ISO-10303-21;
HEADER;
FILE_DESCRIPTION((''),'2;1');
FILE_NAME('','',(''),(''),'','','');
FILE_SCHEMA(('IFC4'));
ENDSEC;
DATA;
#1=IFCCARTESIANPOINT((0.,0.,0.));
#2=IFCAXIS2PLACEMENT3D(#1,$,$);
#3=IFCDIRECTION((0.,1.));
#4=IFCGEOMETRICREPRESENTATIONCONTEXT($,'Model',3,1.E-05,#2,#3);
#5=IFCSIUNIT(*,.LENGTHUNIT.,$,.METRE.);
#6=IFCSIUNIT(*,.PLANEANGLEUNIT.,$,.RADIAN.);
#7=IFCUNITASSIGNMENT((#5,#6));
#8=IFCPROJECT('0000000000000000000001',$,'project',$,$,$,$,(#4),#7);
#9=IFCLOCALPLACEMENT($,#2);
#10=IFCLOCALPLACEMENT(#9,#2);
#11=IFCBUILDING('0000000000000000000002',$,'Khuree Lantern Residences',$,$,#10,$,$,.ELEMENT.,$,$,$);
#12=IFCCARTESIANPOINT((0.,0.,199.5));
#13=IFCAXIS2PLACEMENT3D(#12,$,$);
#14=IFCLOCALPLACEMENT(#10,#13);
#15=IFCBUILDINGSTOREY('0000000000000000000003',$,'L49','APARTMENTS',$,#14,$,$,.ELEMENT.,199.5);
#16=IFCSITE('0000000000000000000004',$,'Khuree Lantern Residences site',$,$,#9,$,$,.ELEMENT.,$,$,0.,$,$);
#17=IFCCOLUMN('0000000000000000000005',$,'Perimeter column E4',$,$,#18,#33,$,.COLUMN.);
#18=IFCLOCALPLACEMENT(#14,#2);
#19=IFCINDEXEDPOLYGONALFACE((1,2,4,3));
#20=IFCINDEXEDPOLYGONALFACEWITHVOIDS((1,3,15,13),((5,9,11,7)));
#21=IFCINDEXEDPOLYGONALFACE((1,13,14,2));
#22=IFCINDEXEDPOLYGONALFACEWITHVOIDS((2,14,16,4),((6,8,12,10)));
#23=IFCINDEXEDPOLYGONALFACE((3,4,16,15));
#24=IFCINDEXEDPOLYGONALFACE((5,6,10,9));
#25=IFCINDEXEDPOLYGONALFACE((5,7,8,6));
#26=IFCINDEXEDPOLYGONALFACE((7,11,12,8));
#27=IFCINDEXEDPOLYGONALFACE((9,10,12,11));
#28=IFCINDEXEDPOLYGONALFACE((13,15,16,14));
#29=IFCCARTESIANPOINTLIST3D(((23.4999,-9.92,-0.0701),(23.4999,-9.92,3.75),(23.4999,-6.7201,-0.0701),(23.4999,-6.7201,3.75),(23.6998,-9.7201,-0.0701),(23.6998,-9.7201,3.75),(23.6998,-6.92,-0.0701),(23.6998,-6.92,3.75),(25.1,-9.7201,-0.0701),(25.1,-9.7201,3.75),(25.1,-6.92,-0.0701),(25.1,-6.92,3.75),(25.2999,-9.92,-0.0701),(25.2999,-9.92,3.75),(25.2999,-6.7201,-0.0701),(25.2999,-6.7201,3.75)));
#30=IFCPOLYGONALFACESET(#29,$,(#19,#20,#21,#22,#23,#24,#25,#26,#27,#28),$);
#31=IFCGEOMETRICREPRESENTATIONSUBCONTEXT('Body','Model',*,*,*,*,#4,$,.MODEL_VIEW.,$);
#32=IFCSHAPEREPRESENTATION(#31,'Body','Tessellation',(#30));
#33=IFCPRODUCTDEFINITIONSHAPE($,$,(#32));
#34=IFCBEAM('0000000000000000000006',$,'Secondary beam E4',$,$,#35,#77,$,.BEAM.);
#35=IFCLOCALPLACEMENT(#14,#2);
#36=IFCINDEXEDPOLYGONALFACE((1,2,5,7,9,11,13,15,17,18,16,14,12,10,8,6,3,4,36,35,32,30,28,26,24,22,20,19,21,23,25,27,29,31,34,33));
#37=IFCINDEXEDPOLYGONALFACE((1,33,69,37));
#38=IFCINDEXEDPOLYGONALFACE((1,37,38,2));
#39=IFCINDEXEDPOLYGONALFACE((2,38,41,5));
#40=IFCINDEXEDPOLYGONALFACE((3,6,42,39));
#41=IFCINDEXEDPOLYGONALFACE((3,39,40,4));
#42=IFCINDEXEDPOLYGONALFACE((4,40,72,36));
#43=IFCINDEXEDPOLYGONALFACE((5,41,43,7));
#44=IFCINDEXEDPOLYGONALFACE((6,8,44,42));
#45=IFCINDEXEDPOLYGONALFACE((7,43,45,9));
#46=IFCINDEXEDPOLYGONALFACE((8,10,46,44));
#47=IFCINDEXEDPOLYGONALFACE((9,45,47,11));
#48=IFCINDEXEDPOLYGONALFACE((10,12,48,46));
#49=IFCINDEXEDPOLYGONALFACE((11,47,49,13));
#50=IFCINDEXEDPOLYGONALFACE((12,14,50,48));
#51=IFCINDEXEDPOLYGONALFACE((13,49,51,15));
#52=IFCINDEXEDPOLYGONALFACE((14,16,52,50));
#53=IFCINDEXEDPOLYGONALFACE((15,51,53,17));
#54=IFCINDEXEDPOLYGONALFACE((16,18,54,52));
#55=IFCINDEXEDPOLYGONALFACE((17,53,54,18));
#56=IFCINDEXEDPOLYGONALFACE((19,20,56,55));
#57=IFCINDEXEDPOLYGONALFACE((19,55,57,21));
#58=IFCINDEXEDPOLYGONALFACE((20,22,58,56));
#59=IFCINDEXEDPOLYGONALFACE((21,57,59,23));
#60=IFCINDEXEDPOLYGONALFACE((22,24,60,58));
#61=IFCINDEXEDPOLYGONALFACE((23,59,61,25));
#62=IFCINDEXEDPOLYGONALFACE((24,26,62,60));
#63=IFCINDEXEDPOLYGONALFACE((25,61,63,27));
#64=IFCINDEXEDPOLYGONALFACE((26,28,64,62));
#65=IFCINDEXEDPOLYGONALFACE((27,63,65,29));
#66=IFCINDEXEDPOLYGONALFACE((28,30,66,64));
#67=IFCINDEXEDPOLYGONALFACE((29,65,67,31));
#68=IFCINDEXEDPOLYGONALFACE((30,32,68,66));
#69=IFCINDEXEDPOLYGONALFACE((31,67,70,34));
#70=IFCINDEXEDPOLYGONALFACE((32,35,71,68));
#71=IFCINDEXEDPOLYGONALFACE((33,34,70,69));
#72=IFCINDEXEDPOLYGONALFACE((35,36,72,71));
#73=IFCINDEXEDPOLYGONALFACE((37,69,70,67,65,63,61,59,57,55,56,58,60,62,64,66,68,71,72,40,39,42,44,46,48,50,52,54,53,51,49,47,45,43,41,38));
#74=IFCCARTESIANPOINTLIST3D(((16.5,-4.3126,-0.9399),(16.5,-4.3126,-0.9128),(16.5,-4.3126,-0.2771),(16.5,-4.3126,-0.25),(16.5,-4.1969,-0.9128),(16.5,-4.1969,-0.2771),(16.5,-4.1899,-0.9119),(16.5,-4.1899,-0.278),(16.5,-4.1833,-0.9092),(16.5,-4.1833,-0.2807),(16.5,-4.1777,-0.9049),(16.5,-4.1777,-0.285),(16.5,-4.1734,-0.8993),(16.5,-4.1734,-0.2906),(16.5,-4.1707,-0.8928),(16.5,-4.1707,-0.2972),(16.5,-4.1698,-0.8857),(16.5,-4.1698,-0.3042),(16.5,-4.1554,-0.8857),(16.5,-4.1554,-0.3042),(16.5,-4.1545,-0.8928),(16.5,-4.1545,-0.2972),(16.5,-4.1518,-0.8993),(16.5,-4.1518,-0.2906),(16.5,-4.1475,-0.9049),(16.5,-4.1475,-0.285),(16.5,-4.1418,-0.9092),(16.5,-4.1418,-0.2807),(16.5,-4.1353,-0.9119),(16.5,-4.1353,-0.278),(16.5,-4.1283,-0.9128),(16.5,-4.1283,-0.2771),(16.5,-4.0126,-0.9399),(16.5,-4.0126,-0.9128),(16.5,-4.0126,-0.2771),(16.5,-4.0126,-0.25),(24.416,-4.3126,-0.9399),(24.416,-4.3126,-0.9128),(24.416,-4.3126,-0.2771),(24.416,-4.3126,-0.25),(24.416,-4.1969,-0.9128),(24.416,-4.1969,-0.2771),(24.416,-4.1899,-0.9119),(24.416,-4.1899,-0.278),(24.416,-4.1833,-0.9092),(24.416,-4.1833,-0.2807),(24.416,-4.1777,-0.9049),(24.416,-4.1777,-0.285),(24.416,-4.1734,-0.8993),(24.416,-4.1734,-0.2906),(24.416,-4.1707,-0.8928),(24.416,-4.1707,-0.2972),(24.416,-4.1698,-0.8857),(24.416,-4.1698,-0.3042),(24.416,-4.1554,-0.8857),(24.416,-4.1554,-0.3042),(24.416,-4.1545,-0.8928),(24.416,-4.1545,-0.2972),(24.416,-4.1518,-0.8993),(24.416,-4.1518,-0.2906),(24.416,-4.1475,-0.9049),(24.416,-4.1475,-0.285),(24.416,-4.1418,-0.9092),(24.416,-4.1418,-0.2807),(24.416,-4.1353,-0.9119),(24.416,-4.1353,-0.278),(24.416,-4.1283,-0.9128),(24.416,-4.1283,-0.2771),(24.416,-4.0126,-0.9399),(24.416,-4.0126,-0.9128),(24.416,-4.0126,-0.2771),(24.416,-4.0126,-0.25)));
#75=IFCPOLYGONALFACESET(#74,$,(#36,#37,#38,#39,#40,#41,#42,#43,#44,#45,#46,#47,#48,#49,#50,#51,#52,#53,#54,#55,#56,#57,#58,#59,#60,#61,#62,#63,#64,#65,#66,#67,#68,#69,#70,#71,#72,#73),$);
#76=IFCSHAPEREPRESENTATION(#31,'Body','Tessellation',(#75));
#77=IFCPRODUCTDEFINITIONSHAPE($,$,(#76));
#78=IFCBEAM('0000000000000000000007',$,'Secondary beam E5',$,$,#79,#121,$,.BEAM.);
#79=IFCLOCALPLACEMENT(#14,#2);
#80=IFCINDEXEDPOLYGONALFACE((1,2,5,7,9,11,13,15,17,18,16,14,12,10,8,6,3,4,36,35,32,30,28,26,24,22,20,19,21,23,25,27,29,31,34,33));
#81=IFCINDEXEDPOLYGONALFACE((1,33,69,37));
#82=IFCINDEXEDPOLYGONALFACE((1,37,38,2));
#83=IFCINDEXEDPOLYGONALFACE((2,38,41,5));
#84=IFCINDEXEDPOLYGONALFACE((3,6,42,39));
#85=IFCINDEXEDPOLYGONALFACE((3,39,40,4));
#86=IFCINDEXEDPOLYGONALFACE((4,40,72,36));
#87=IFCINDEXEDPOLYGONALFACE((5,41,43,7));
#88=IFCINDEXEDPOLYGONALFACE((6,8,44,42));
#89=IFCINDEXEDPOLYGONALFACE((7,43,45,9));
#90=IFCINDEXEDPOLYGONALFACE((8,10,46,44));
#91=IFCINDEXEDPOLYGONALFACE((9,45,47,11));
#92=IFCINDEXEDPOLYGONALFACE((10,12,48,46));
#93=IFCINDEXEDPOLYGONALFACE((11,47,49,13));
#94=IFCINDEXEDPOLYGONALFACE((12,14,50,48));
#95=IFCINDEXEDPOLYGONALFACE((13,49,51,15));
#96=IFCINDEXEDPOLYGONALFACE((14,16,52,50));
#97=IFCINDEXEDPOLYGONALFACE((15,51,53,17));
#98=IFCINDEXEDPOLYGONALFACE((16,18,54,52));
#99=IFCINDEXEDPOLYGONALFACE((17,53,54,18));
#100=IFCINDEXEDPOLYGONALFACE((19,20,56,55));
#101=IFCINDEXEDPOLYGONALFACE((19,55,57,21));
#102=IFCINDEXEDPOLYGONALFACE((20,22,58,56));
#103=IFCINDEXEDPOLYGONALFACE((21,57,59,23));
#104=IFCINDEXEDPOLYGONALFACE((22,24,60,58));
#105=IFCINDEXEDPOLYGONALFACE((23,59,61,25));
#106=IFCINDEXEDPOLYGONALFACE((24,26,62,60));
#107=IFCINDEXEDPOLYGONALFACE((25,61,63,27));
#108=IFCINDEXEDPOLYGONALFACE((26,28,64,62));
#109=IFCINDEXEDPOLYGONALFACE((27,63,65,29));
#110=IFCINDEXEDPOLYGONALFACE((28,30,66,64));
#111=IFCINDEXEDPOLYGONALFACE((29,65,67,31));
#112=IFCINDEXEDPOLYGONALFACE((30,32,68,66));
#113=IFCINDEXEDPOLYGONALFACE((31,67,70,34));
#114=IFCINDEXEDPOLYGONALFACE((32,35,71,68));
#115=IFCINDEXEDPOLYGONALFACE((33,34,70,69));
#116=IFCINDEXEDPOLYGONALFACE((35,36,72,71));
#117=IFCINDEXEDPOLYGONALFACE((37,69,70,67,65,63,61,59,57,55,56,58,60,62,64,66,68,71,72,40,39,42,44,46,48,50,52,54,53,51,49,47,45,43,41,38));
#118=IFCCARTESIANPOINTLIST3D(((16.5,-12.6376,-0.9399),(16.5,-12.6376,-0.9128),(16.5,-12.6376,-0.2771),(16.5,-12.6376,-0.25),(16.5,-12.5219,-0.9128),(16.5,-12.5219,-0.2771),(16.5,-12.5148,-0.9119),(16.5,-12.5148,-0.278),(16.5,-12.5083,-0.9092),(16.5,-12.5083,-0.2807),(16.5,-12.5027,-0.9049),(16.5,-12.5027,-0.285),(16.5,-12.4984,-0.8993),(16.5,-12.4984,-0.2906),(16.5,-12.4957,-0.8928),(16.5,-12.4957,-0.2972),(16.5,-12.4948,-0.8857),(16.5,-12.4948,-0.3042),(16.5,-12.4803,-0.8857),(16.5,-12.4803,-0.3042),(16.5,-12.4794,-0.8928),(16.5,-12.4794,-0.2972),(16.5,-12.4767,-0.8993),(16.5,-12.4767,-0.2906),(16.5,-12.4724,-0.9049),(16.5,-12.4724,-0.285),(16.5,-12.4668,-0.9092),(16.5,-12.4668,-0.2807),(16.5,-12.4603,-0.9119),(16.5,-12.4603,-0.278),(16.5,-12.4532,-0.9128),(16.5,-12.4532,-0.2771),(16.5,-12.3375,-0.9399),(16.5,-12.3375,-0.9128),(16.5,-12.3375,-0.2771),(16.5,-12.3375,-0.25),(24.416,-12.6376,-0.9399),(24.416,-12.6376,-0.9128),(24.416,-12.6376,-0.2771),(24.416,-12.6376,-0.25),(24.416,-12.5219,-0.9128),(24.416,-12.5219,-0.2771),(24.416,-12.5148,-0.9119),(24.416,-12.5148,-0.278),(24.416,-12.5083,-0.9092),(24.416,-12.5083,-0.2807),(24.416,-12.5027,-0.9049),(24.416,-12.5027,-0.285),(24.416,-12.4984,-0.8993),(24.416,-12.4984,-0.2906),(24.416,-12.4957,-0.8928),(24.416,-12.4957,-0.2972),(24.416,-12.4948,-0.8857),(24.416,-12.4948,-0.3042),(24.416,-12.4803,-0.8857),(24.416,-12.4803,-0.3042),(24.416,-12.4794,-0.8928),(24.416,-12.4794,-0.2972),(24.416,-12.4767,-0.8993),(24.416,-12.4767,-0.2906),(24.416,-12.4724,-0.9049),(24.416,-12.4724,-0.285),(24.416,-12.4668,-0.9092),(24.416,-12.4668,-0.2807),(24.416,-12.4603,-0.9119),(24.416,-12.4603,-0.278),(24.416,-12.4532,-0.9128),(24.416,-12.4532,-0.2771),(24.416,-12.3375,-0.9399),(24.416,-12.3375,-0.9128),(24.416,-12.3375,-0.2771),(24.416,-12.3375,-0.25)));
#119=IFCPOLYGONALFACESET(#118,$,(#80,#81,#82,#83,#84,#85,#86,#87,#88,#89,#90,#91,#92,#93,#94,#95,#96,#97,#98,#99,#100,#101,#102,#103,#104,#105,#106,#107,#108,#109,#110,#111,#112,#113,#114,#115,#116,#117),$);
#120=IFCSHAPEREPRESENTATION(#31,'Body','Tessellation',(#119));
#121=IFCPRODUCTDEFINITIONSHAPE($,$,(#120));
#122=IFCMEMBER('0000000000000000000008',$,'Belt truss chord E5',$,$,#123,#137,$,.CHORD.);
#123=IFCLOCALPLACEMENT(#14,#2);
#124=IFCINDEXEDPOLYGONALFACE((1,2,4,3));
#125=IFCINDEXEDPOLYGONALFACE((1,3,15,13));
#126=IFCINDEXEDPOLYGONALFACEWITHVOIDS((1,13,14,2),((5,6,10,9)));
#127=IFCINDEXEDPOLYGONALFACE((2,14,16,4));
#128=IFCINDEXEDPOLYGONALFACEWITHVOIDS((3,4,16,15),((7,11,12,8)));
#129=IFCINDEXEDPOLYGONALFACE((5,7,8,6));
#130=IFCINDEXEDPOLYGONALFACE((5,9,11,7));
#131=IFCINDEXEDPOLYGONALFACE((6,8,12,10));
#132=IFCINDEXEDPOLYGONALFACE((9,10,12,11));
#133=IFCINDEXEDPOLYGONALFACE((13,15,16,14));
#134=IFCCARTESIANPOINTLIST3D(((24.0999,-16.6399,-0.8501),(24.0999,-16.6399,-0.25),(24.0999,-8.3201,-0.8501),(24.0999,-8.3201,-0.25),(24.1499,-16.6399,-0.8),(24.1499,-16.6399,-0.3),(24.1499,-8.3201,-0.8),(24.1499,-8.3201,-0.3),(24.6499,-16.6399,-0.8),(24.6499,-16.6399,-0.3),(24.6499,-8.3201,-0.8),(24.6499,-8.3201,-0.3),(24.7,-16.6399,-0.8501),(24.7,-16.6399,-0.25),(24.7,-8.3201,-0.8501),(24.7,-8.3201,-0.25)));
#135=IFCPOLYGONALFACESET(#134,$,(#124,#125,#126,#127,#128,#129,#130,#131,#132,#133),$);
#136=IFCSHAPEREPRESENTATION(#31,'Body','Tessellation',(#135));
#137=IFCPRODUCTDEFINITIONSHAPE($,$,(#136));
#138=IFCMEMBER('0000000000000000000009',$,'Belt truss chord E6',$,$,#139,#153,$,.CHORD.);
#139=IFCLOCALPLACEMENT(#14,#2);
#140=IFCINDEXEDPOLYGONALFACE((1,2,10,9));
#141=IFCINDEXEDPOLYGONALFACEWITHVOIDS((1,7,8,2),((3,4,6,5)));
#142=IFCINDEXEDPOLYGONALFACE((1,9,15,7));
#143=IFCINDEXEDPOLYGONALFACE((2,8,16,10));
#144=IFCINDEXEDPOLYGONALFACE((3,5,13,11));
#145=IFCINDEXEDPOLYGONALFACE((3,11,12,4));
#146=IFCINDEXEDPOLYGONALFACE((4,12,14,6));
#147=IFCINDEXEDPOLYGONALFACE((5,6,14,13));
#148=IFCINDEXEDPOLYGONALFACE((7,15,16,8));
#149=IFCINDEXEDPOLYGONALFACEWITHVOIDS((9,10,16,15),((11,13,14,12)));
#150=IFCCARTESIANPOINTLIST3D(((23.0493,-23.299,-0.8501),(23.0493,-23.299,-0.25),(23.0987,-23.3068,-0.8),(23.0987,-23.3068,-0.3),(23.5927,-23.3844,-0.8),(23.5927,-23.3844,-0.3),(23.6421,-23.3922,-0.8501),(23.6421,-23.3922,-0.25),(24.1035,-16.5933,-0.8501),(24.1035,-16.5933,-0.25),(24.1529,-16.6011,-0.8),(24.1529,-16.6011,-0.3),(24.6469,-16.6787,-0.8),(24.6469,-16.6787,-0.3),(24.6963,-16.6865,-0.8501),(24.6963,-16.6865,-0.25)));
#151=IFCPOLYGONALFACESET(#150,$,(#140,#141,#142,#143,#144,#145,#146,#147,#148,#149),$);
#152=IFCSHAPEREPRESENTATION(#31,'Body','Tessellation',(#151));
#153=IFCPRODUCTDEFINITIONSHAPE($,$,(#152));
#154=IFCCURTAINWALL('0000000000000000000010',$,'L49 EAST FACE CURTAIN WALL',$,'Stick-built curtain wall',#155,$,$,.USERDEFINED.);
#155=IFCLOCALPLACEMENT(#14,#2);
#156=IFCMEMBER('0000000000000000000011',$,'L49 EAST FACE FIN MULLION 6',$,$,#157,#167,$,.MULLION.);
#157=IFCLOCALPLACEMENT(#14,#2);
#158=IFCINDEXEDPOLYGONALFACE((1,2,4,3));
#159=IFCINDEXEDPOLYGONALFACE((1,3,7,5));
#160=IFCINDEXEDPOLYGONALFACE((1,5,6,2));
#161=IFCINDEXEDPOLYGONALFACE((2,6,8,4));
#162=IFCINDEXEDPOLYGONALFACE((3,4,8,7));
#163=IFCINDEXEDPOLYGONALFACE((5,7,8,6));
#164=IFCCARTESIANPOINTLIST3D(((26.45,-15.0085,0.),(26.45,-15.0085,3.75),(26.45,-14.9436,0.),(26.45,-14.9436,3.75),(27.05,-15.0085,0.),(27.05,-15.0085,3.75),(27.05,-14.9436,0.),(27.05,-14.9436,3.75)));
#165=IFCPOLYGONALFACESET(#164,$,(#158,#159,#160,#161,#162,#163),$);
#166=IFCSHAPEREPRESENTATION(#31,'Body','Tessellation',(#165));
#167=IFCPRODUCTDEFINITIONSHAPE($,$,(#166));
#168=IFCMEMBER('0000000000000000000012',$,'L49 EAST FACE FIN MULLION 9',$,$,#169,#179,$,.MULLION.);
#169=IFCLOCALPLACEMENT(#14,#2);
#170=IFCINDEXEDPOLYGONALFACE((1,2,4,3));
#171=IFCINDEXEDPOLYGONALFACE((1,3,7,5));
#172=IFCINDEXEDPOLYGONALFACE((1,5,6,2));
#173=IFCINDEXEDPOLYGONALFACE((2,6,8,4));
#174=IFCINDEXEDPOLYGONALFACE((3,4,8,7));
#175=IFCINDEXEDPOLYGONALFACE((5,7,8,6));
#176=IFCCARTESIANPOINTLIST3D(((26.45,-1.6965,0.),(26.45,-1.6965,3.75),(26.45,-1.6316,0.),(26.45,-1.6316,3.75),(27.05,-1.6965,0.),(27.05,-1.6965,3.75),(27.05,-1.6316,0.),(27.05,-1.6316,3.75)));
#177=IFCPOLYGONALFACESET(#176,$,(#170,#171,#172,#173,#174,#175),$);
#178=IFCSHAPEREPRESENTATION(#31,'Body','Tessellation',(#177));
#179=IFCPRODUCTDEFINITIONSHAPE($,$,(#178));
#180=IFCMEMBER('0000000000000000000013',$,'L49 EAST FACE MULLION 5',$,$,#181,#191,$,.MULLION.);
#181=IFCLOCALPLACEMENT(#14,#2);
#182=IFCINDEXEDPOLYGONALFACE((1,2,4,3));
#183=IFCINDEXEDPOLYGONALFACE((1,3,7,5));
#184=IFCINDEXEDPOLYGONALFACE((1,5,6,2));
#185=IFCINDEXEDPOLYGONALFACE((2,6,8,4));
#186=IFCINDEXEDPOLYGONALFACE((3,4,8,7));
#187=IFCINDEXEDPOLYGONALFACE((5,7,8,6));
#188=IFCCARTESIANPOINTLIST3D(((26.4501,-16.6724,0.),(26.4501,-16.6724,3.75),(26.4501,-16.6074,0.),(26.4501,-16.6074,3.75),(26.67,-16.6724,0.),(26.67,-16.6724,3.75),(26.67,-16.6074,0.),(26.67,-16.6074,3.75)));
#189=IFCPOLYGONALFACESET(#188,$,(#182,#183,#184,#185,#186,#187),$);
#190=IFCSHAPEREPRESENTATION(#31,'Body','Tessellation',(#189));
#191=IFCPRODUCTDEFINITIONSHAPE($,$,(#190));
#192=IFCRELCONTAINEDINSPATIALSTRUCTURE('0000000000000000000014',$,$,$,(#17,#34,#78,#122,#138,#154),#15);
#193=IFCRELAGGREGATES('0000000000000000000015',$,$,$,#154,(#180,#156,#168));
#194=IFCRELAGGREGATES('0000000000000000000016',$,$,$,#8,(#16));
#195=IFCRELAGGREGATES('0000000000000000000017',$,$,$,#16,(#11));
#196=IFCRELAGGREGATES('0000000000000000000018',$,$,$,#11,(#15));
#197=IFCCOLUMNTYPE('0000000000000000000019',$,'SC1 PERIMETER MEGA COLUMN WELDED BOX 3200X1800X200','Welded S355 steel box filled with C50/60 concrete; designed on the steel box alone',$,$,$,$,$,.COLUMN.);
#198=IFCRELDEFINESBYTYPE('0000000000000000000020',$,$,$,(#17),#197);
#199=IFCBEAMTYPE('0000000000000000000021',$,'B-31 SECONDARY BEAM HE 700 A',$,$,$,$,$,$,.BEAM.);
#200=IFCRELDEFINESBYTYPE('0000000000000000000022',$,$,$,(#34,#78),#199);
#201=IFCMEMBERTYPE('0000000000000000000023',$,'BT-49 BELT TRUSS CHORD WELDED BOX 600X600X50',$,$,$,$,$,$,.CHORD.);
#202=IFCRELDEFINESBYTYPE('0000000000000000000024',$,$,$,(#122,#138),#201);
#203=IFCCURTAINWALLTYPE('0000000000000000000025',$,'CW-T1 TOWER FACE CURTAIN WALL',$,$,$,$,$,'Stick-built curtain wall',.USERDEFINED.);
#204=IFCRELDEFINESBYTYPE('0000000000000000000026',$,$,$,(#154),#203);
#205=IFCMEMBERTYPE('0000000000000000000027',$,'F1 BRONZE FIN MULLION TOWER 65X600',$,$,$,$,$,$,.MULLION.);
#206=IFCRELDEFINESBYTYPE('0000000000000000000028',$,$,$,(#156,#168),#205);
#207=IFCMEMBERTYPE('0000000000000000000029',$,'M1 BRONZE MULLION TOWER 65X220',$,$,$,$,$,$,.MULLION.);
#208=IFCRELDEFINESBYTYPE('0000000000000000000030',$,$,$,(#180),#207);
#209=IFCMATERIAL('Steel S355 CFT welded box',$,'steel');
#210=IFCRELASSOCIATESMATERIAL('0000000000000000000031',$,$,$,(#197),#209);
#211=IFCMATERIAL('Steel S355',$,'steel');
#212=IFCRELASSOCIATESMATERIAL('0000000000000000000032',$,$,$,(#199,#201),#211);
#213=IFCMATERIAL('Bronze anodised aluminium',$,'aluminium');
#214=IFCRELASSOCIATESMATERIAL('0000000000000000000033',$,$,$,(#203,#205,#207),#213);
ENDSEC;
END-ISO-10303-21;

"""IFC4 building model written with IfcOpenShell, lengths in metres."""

from ifc_helpers import new_model, si_unit, direction, frame, origin, origin_2d, place, context, subcontext, project, spatial, rectangle, hollow_rectangle, i_section, extrude, material, material_profile, profile_set, type_object, element, aggregate, save


model = new_model("IFC4")

# Units and contexts
model_context = context("Model", 3, precision=1e-05, world=origin(), true_north=direction((0.0, 1.0)))
body_context = subcontext(model_context, "Body", "Model", "MODEL_VIEW")
ifc_project = project(units=[si_unit("LENGTHUNIT", "METRE"), si_unit("PLANEANGLEUNIT", "RADIAN")], contexts=[model_context])

# Site, building, storey
site_placement = place(None, origin())
site = spatial("IfcSite", under=ifc_project, at=site_placement, Name="Khuree Lantern Residences site", CompositionType="ELEMENT", RefElevation=0.0)
building_placement = place(site_placement, origin())
building = spatial("IfcBuilding", under=site, at=building_placement, Name="Khuree Lantern Residences", CompositionType="ELEMENT")
storey_placement = place(building_placement, frame((0.0, 0.0, 199.5)))
storey = spatial("IfcBuildingStorey", under=building, at=storey_placement, Name="L49", Description="APARTMENTS", CompositionType="ELEMENT", Elevation=199.5)

# Column
ifc_material_1 = material(Name="Steel S355 CFT welded box", Category="steel")
ifc_material_profile_1 = material_profile(ifc_material_1, hollow_rectangle(XDim=3.2, YDim=1.8, WallThickness=0.2, at=origin_2d()), Name="WELDED BOX 3200X1800X200")
ifc_profile_set_1 = profile_set([ifc_material_profile_1], Name="Steel S355 CFT welded box")
column_type = type_object("IfcColumnType", Name="SC1 PERIMETER MEGA COLUMN WELDED BOX 3200X1800X200", Description="Welded S355 steel box filled with C50/60 concrete; designed on the steel box alone", PredefinedType="COLUMN", material=ifc_profile_set_1)
column_placement = place(storey_placement, frame((24.3999, -8.3201, -0.0701), z_axis=(0.0, 0.0, 1.0), x_axis=(0.0, 1.0, 0.0)))
element("IfcColumn", 1, at=column_placement, inside=storey, type_object=column_type, Name="Perimeter column E4", PredefinedType="COLUMN", context=body_context, shape_type="SweptSolid", body=[
    extrude(hollow_rectangle(XDim=3.2, YDim=1.8, WallThickness=0.2, at=origin_2d()), origin(), (0.0, 0.0, 1.0), 3.8201),
])

# Beams
ifc_material_2 = material(Name="Steel S355", Category="steel")
ifc_material_profile_2 = material_profile(ifc_material_2, i_section(OverallWidth=0.3, OverallDepth=0.6899, WebThickness=0.0144, FlangeThickness=0.0271, FilletRadius=0.0271, at=origin_2d()), Name="HE 700 A")
ifc_profile_set_2 = profile_set([ifc_material_profile_2], Name="Steel S355")
beam_type_1 = type_object("IfcBeamType", Name="B-31 SECONDARY BEAM HE 700 A", PredefinedType="BEAM", material=ifc_profile_set_2)
for number, where, z_axis, x_axis, name in (
    (2, (24.416, -4.1626, -0.595), (-1.0, 0.0, 0.0), (0.0, -1.0, 0.0), "Secondary beam E4"),
    (3, (24.416, -12.4875, -0.595), (-1.0, 0.0, 0.0), (0.0, -1.0, 0.0), "Secondary beam E5"),
):
    element("IfcBeam", number, at=place(storey_placement, frame(where, z_axis=z_axis, x_axis=x_axis)), inside=storey, type_object=beam_type_1, Name=name, PredefinedType="BEAM", context=body_context, shape_type="SweptSolid", body=[
        extrude(i_section(OverallWidth=0.3, OverallDepth=0.6899, WebThickness=0.0144, FlangeThickness=0.0271, FilletRadius=0.0271, at=origin_2d()), origin(), (0.0, 0.0, 1.0), 7.916),
    ])

# Members
ifc_material_profile_3 = material_profile(ifc_material_2, hollow_rectangle(XDim=0.6001, YDim=0.6001, WallThickness=0.05, at=origin_2d()), Name="WELDED BOX 600X600X50")
ifc_profile_set_3 = profile_set([ifc_material_profile_3], Name="Steel S355")
member_type_1 = type_object("IfcMemberType", Name="BT-49 BELT TRUSS CHORD WELDED BOX 600X600X50", PredefinedType="CHORD", material=ifc_profile_set_3)
member_1_placement = place(storey_placement, frame((24.3999, -8.3201, -0.55), z_axis=(0.0, -1.0, 0.0), x_axis=(1.0, 0.0, 0.0)))
element("IfcMember", 4, at=member_1_placement, inside=storey, type_object=member_type_1, Name="Belt truss chord E5", PredefinedType="CHORD", context=body_context, shape_type="SweptSolid", body=[
    extrude(hollow_rectangle(XDim=0.6001, YDim=0.6001, WallThickness=0.05, at=origin_2d()), origin(), (0.0, 0.0, 1.0), 8.3198),
])
member_2_placement = place(storey_placement, frame((24.3999, -16.6399, -0.55), z_axis=(-0.1553, -0.987867, 0.0), x_axis=(0.987867, -0.1553, 0.0)))
element("IfcMember", 5, at=member_2_placement, inside=storey, type_object=member_type_1, Name="Belt truss chord E6", PredefinedType="CHORD", context=body_context, shape_type="SweptSolid", body=[
    extrude(hollow_rectangle(XDim=0.6001, YDim=0.6001, WallThickness=0.05, at=origin_2d()), origin(), (0.0, 0.0, 1.0), 6.7881),
])

# Curtain wall, members
ifc_material_3 = material(Name="Bronze anodised aluminium", Category="aluminium")
curtain_wall_type = type_object("IfcCurtainWallType", Name="CW-T1 TOWER FACE CURTAIN WALL", ElementType="Stick-built curtain wall", PredefinedType="USERDEFINED", material=ifc_material_3)
curtain_wall_placement = place(storey_placement, origin())
curtain_wall = element("IfcCurtainWall", 6, at=curtain_wall_placement, inside=storey, type_object=curtain_wall_type, Name="L49 EAST FACE CURTAIN WALL", ObjectType="Stick-built curtain wall", PredefinedType="USERDEFINED")
ifc_material_profile_4 = material_profile(ifc_material_3, rectangle(XDim=0.0649, YDim=0.6001, at=origin_2d()), Name="F1 65X600")
ifc_profile_set_4 = profile_set([ifc_material_profile_4], Name="Bronze anodised aluminium")
member_type_2 = type_object("IfcMemberType", Name="F1 BRONZE FIN MULLION TOWER 65X600", PredefinedType="MULLION", material=ifc_profile_set_4)
member_3_placement = place(storey_placement, frame((26.75, -14.9761, 0.0), z_axis=(0.0, 0.0, 1.0), x_axis=(0.0, 1.0, 0.0)))
member_3 = element("IfcMember", 7, at=member_3_placement, type_object=member_type_2, Name="L49 EAST FACE FIN MULLION 6", PredefinedType="MULLION", context=body_context, shape_type="SweptSolid", body=[
    extrude(rectangle(XDim=0.0649, YDim=0.6001, at=origin_2d()), origin(), (0.0, 0.0, 1.0), 3.75),
])
member_4_placement = place(storey_placement, frame((26.75, -1.6641, 0.0), z_axis=(0.0, 0.0, 1.0), x_axis=(0.0, 1.0, 0.0)))
member_4 = element("IfcMember", 8, at=member_4_placement, type_object=member_type_2, Name="L49 EAST FACE FIN MULLION 9", PredefinedType="MULLION", context=body_context, shape_type="SweptSolid", body=[
    extrude(rectangle(XDim=0.0649, YDim=0.6001, at=origin_2d()), origin(), (0.0, 0.0, 1.0), 3.75),
])
ifc_material_profile_5 = material_profile(ifc_material_3, rectangle(XDim=0.0649, YDim=0.22, at=origin_2d()), Name="M1 65X220")
ifc_profile_set_5 = profile_set([ifc_material_profile_5], Name="Bronze anodised aluminium")
member_type_3 = type_object("IfcMemberType", Name="M1 BRONZE MULLION TOWER 65X220", PredefinedType="MULLION", material=ifc_profile_set_5)
member_5_placement = place(storey_placement, frame((26.5601, -16.6399, 0.0), z_axis=(0.0, 0.0, 1.0), x_axis=(0.0, 1.0, 0.0)))
member_5 = element("IfcMember", 9, at=member_5_placement, type_object=member_type_3, Name="L49 EAST FACE MULLION 5", PredefinedType="MULLION", context=body_context, shape_type="SweptSolid", body=[
    extrude(rectangle(XDim=0.0649, YDim=0.22, at=origin_2d()), origin(), (0.0, 0.0, 1.0), 3.75),
])

aggregate(curtain_wall, [member_5, member_3, member_4])

save(model, "model.ifc")
